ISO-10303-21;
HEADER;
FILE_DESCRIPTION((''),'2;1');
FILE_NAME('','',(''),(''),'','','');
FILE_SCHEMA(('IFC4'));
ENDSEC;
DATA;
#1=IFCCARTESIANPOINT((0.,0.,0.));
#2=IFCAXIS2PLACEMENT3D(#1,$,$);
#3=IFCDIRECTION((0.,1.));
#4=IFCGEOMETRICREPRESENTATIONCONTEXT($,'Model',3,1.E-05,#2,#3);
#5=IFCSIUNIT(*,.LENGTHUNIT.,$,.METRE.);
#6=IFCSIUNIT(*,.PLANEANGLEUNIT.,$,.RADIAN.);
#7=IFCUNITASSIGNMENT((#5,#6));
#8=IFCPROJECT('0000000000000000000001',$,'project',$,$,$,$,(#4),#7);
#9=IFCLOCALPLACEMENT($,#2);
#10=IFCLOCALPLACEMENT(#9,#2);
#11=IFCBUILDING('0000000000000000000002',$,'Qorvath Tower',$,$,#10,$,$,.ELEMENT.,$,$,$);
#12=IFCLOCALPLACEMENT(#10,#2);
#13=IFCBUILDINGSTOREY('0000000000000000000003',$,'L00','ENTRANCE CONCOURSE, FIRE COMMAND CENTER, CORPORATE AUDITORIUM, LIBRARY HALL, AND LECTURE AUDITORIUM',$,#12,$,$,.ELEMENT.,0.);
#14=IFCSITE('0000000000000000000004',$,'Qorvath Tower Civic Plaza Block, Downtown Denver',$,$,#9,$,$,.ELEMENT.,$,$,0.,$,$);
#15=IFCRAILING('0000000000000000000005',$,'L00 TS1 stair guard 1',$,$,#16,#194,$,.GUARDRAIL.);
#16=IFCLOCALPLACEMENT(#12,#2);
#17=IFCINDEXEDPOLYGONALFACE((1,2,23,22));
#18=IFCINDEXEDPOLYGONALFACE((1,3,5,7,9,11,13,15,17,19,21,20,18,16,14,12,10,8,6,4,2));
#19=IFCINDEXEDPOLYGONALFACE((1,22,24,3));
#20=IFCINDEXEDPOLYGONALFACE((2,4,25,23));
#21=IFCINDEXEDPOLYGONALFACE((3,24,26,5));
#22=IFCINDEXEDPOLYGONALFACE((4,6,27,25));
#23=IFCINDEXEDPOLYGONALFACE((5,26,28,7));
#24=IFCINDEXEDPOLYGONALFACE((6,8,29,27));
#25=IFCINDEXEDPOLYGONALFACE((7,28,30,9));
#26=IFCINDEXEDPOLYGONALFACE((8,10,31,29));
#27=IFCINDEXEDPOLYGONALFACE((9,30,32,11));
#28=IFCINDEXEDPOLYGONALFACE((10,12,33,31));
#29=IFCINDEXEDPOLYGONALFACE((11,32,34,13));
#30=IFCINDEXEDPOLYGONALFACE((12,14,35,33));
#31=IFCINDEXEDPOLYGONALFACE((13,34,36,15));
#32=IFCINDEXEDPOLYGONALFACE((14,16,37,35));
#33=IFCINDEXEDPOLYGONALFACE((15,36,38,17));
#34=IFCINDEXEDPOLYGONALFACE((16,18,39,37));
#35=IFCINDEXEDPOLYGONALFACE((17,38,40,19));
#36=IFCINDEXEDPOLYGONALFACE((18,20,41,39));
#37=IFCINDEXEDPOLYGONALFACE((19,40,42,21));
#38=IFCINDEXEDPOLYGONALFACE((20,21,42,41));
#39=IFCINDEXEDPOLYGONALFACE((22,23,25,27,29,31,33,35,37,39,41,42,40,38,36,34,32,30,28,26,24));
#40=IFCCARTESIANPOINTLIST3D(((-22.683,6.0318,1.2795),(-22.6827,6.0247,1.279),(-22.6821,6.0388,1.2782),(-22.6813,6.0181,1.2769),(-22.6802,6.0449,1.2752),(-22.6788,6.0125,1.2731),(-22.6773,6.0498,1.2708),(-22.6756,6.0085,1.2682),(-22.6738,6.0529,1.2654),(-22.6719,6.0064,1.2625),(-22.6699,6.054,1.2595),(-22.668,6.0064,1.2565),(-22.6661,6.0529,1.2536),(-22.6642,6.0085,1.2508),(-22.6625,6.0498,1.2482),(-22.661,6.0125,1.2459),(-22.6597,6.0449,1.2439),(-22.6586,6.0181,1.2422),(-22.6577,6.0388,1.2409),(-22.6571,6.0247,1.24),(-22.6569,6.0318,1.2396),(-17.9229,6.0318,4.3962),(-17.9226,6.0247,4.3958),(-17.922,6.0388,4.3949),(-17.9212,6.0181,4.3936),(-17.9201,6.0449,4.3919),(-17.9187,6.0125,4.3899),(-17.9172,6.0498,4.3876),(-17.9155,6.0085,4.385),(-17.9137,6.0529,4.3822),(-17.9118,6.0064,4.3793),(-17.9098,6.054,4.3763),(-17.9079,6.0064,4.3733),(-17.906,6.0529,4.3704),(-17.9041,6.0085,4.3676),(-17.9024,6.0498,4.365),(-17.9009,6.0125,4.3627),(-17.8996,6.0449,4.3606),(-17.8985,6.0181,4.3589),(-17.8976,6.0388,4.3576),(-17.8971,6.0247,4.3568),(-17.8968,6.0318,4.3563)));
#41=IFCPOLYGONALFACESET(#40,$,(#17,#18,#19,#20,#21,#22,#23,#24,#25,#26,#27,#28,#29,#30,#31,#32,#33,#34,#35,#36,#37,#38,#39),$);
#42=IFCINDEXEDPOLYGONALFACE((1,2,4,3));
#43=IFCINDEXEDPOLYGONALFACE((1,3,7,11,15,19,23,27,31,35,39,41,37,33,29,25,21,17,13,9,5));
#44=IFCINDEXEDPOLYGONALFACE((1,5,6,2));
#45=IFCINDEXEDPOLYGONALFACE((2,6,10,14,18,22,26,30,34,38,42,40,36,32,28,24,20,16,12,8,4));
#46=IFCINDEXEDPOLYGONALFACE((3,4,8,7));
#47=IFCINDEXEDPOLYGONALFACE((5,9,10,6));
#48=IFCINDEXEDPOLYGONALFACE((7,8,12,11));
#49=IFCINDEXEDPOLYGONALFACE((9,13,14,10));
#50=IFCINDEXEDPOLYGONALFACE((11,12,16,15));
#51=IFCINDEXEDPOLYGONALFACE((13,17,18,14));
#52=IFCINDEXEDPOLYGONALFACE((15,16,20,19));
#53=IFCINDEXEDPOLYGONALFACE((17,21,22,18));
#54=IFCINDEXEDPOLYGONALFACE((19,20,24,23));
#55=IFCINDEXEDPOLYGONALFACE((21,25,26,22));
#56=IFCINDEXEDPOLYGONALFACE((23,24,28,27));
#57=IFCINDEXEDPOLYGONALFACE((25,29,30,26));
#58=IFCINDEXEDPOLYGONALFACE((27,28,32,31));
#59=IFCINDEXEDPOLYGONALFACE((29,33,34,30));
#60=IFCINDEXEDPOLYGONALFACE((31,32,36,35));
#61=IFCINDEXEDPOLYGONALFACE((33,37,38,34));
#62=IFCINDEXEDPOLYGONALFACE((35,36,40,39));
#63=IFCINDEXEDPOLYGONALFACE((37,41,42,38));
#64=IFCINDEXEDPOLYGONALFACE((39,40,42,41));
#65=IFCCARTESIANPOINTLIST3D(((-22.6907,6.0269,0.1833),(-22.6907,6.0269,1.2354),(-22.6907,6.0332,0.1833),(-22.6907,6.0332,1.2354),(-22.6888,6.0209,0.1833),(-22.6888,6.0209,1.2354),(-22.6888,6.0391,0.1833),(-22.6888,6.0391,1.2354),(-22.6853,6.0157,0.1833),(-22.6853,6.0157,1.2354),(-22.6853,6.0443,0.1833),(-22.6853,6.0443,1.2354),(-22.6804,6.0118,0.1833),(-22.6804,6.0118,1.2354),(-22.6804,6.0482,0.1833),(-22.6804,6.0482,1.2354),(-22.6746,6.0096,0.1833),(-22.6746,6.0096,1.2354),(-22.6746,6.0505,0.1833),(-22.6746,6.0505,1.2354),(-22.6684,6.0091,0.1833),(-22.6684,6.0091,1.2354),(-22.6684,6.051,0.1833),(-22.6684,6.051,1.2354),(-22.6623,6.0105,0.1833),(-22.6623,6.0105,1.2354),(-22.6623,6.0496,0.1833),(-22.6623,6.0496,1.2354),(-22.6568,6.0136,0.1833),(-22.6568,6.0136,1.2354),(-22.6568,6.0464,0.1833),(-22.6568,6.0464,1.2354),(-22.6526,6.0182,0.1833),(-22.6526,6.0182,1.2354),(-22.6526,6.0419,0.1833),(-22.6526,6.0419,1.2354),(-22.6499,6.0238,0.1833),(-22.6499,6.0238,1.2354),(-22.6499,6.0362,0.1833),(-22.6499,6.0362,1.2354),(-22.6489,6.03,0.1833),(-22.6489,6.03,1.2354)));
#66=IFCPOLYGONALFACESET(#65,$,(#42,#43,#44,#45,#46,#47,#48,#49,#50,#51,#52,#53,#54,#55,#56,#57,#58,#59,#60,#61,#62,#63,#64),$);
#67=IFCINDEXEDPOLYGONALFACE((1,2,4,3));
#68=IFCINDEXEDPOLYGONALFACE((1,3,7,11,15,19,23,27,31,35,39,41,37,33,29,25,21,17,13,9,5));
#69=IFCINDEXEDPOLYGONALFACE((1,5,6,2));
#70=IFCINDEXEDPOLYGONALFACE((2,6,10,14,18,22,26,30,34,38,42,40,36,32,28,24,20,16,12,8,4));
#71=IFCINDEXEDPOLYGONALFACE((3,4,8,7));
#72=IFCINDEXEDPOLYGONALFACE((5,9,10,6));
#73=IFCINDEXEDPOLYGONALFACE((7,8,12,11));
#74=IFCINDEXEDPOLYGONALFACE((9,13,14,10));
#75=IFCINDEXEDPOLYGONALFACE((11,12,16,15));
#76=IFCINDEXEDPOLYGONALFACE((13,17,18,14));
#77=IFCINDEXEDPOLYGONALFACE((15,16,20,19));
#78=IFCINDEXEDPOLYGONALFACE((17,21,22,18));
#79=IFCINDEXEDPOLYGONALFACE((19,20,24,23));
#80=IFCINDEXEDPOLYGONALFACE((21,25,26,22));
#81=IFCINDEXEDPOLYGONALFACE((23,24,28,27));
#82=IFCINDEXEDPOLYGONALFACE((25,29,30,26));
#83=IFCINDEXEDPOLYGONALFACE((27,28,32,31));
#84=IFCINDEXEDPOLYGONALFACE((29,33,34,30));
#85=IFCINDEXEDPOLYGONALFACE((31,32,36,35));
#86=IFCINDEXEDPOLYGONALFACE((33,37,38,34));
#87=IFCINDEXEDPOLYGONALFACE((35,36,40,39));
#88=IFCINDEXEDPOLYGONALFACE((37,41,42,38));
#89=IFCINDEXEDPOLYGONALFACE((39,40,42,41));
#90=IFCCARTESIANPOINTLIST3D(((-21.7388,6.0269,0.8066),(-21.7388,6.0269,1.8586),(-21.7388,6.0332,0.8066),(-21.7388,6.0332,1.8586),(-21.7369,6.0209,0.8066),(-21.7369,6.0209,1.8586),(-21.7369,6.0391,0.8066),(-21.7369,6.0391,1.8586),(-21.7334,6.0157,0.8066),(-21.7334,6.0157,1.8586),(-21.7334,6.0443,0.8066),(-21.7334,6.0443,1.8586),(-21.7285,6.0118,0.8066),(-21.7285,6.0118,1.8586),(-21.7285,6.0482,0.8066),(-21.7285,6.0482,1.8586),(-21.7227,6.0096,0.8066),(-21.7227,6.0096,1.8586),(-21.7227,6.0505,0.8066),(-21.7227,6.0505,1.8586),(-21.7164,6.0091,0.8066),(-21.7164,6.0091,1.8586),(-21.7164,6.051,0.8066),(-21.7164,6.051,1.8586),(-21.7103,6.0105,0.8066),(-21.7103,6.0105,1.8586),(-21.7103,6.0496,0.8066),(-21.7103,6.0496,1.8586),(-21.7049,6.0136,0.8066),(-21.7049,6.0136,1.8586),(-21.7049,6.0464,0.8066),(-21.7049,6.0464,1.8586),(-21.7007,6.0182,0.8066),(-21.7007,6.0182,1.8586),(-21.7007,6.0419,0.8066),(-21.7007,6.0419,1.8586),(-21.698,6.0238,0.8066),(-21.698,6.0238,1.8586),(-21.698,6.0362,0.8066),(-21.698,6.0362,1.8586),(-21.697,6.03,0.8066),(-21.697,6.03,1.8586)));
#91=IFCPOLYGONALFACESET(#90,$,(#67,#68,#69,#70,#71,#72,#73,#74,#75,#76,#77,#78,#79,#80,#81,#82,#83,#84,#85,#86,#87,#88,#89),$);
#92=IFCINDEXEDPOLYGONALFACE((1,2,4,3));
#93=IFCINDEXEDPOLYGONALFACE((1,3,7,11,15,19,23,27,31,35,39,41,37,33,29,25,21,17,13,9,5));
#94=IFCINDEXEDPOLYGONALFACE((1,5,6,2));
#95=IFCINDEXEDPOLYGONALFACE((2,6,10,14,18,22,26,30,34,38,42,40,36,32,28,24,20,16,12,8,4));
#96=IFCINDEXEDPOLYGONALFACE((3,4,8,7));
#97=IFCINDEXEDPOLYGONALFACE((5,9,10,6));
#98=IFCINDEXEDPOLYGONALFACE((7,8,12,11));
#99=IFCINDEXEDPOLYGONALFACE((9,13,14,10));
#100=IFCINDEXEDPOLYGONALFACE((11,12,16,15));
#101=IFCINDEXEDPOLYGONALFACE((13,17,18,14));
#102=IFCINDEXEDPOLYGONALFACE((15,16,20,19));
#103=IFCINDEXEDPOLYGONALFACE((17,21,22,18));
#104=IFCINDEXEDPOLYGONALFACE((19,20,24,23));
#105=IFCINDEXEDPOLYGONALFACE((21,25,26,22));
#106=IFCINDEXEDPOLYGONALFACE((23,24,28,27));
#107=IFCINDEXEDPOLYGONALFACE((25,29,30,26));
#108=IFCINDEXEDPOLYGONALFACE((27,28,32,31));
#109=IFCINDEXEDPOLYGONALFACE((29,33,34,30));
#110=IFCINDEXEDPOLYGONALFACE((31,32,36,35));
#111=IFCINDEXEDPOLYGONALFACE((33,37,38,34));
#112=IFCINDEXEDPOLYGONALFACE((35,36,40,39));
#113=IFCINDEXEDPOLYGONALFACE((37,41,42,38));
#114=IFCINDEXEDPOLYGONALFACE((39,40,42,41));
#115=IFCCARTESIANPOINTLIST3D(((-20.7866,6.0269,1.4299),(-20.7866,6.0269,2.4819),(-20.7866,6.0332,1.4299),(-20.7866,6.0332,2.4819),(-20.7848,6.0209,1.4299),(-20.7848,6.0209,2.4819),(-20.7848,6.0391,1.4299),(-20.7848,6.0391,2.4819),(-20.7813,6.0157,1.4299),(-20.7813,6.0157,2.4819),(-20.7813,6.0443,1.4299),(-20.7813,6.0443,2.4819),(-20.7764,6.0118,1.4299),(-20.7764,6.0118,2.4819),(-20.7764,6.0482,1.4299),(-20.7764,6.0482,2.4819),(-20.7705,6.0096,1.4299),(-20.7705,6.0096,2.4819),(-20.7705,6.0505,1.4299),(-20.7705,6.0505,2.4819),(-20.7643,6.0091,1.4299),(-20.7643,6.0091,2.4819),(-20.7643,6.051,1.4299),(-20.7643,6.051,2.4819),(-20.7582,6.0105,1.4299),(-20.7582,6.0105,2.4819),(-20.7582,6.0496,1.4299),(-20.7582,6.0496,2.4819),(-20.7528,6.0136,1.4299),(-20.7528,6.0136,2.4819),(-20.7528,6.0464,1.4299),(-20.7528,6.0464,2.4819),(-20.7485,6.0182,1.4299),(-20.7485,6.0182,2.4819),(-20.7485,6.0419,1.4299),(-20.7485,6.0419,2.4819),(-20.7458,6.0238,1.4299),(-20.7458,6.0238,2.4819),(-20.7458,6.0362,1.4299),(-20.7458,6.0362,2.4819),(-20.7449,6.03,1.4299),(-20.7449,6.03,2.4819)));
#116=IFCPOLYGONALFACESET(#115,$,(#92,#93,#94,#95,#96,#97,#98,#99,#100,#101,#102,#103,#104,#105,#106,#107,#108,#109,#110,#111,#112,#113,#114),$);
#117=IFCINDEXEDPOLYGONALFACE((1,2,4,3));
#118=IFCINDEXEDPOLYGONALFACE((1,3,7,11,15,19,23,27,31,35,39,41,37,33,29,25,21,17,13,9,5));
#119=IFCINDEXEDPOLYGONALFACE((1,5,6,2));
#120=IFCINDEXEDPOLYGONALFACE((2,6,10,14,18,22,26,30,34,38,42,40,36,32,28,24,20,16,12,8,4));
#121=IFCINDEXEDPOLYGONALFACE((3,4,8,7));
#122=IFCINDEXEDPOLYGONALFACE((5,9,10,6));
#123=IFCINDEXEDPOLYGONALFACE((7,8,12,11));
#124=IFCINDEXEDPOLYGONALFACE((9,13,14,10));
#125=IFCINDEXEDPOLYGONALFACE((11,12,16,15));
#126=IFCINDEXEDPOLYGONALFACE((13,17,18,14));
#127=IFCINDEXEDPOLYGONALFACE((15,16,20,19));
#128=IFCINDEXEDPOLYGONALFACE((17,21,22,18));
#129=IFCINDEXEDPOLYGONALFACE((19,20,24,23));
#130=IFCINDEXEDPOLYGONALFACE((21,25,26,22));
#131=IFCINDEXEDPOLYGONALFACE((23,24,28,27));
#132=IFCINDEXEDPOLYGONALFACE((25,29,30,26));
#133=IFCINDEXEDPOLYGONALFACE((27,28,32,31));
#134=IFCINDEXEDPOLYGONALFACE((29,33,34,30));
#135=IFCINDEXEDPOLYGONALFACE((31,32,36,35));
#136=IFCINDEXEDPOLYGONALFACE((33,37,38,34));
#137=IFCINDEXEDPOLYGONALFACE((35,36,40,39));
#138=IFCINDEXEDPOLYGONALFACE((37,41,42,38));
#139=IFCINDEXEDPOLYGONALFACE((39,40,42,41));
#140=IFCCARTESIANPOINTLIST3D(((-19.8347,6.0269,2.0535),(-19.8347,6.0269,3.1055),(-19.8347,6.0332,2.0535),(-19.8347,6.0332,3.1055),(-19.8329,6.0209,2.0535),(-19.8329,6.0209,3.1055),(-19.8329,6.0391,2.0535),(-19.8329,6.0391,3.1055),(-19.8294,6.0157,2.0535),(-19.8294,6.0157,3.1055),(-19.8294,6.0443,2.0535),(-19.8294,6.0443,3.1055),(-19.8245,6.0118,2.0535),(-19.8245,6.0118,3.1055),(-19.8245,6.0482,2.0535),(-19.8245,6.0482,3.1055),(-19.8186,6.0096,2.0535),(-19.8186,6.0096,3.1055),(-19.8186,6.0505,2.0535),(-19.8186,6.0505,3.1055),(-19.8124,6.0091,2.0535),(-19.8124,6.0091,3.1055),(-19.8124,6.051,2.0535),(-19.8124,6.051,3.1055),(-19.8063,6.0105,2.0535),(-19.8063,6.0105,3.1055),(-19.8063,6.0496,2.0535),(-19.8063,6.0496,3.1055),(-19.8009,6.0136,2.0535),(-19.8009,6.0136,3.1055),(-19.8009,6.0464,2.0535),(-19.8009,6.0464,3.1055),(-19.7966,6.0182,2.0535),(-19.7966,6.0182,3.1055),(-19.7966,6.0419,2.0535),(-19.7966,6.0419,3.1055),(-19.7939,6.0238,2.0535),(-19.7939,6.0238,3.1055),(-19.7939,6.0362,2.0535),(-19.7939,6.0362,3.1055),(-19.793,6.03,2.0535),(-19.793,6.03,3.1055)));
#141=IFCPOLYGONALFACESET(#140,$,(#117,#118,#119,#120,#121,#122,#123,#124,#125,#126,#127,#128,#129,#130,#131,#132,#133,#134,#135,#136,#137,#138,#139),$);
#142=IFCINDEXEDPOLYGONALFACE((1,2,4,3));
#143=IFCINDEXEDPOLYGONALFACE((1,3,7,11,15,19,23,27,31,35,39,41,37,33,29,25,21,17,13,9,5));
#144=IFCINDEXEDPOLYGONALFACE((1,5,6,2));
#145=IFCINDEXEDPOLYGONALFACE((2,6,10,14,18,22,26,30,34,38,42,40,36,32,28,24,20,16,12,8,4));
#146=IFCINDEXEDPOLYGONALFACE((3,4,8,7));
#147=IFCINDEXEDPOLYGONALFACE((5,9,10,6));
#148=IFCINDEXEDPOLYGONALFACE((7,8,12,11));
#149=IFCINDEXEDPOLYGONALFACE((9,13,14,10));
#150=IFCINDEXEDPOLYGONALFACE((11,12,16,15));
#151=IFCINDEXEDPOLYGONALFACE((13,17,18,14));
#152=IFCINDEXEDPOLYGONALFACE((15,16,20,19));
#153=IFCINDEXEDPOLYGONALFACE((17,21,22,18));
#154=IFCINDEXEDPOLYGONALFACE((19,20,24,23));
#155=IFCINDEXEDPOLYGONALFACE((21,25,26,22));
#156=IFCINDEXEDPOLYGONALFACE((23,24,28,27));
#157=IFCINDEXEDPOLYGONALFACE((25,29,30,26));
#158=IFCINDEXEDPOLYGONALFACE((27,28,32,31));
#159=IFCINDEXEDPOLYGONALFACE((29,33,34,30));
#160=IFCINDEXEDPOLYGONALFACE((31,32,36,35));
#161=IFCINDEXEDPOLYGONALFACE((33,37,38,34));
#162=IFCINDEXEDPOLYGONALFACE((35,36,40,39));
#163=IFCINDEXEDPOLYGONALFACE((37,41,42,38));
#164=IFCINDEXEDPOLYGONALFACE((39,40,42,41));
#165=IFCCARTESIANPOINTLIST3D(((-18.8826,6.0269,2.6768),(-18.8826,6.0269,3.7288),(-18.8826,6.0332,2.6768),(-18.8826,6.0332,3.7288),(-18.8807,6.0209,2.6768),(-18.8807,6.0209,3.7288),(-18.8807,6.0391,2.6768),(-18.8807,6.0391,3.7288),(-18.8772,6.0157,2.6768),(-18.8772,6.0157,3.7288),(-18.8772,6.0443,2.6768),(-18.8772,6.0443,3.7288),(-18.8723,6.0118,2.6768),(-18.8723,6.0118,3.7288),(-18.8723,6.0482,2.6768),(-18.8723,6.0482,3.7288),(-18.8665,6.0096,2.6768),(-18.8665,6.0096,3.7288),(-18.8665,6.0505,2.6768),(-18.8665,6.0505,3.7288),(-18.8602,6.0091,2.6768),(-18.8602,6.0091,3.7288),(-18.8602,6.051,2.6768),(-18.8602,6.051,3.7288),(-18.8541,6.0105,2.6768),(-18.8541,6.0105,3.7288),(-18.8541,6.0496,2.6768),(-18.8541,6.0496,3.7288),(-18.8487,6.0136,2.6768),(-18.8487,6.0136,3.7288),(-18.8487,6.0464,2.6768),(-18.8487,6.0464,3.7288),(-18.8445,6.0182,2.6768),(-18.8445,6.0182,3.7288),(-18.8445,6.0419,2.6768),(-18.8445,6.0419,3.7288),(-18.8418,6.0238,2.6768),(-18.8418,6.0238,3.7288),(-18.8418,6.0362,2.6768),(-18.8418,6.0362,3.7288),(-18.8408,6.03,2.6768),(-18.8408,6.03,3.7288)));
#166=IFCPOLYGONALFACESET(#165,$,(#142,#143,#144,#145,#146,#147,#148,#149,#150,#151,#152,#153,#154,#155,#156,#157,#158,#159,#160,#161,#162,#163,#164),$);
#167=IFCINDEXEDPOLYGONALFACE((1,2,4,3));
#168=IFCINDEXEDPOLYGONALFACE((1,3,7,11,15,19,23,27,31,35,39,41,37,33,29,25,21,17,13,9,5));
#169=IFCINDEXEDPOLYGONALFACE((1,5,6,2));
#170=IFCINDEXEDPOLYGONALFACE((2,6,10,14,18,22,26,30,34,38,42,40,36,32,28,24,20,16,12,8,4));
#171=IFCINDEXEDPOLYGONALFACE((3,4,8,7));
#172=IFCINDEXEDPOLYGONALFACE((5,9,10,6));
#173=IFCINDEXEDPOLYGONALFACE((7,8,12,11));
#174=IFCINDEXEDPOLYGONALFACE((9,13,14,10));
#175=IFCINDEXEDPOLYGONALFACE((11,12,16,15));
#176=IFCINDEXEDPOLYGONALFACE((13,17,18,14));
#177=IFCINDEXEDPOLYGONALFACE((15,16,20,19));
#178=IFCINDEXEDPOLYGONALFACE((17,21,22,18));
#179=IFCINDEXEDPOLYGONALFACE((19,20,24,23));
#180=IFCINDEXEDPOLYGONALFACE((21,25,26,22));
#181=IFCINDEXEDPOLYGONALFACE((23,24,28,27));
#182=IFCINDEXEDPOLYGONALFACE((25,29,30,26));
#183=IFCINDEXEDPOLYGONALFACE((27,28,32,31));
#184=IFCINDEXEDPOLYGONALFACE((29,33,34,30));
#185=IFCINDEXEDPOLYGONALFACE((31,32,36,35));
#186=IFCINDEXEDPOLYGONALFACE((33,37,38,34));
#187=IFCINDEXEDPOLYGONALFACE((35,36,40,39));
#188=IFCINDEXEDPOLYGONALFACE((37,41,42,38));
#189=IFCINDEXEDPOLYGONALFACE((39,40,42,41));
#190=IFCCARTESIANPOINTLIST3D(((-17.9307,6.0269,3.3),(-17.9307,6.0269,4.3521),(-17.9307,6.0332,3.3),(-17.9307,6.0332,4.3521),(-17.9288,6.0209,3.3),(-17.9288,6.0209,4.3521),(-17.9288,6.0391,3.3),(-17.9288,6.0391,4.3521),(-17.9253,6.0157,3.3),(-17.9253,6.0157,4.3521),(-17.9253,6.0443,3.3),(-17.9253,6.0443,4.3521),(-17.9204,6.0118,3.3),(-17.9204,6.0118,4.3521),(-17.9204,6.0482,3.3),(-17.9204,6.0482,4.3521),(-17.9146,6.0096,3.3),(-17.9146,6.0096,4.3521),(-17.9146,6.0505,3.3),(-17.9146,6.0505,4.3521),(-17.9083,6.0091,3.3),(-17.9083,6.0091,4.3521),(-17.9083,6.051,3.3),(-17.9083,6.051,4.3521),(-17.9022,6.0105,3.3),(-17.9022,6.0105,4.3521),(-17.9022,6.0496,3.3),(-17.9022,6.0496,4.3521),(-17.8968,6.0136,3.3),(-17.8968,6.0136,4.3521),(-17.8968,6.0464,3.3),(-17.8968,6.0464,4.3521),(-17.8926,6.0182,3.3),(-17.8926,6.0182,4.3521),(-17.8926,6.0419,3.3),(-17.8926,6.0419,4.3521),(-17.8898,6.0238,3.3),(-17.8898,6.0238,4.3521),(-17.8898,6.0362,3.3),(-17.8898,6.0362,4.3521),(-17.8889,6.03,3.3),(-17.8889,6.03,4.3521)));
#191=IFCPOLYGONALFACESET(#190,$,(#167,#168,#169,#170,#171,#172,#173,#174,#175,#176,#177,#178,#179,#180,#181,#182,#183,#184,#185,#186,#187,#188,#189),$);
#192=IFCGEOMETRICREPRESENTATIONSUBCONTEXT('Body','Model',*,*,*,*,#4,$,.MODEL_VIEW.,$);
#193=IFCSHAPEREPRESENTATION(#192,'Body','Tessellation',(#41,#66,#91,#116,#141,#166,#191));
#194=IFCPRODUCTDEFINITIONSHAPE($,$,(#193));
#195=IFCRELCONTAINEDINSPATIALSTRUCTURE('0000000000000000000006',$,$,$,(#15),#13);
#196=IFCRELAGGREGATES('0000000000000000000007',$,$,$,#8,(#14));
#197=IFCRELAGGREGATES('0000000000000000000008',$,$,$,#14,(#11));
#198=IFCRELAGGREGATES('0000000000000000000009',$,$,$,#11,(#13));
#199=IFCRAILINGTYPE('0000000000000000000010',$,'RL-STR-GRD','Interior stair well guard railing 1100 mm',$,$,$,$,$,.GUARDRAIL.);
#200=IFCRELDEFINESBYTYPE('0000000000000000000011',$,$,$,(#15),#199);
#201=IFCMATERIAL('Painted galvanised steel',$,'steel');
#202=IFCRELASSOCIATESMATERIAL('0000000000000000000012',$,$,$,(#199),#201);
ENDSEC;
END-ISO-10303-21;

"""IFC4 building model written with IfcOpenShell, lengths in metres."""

from ifc_helpers import new_model, si_unit, direction, frame, origin, origin_2d, place, context, subcontext, project, spatial, circle, extrude, material, type_object, element, save


model = new_model("IFC4")

# Units and contexts
model_context = context("Model", 3, precision=1e-05, world=origin(), true_north=direction((0.0, 1.0)))
body_context = subcontext(model_context, "Body", "Model", "MODEL_VIEW")
ifc_project = project(units=[si_unit("LENGTHUNIT", "METRE"), si_unit("PLANEANGLEUNIT", "RADIAN")], contexts=[model_context])

# Site, building, storey
site_placement = place(None, origin())
site = spatial("IfcSite", under=ifc_project, at=site_placement, Name="Qorvath Tower Civic Plaza Block, Downtown Denver", CompositionType="ELEMENT", RefElevation=0.0)
building_placement = place(site_placement, origin())
building = spatial("IfcBuilding", under=site, at=building_placement, Name="Qorvath Tower", CompositionType="ELEMENT")
storey_placement = place(building_placement, origin())
storey = spatial("IfcBuildingStorey", under=building, at=storey_placement, Name="L00", Description="ENTRANCE CONCOURSE, FIRE COMMAND CENTER, CORPORATE AUDITORIUM, LIBRARY HALL, AND LECTURE AUDITORIUM", CompositionType="ELEMENT", Elevation=0.0)

# Railing
ifc_material_1 = material(Name="Painted galvanised steel", Category="steel")
railing_type_1 = type_object("IfcRailingType", Name="RL-STR-GRD", Description="Interior stair well guard railing 1100 mm", PredefinedType="GUARDRAIL", material=ifc_material_1)
railing_1_placement = place(storey_placement, frame((-22.6699, 6.03, 0.1833)))
element("IfcRailing", 1, at=railing_1_placement, inside=storey, type_object=railing_type_1, Name="L00 TS1 stair guard 1", PredefinedType="GUARDRAIL", context=body_context, shape_type="SweptSolid", body=[
    extrude(circle(Radius=0.0239, at=origin_2d()), frame((0.0, 0.0, 1.0762), z_axis=(0.836616, 0.0, 0.547789), x_axis=(0.0, 1.0, 0.0)), (0.0, 0.0, 1.0), 5.6897),
    extrude(circle(Radius=0.021, at=origin_2d()), origin(), (0.0, 0.0, 1.0), 1.052),
    extrude(circle(Radius=0.021, at=origin_2d()), frame((0.9519, 0.0, 0.6233)), (0.0, 0.0, 1.0), 1.052),
    extrude(circle(Radius=0.021, at=origin_2d()), frame((1.9041, 0.0, 1.2466)), (0.0, 0.0, 1.0), 1.052),
    extrude(circle(Radius=0.021, at=origin_2d()), frame((2.856, 0.0, 1.8701)), (0.0, 0.0, 1.0), 1.052),
    extrude(circle(Radius=0.021, at=origin_2d()), frame((3.8081, 0.0, 2.4934)), (0.0, 0.0, 1.0), 1.052),
    extrude(circle(Radius=0.021, at=origin_2d()), frame((4.76, 0.0, 3.1167)), (0.0, 0.0, 1.0), 1.052),
])

save(model, "model.ifc")
